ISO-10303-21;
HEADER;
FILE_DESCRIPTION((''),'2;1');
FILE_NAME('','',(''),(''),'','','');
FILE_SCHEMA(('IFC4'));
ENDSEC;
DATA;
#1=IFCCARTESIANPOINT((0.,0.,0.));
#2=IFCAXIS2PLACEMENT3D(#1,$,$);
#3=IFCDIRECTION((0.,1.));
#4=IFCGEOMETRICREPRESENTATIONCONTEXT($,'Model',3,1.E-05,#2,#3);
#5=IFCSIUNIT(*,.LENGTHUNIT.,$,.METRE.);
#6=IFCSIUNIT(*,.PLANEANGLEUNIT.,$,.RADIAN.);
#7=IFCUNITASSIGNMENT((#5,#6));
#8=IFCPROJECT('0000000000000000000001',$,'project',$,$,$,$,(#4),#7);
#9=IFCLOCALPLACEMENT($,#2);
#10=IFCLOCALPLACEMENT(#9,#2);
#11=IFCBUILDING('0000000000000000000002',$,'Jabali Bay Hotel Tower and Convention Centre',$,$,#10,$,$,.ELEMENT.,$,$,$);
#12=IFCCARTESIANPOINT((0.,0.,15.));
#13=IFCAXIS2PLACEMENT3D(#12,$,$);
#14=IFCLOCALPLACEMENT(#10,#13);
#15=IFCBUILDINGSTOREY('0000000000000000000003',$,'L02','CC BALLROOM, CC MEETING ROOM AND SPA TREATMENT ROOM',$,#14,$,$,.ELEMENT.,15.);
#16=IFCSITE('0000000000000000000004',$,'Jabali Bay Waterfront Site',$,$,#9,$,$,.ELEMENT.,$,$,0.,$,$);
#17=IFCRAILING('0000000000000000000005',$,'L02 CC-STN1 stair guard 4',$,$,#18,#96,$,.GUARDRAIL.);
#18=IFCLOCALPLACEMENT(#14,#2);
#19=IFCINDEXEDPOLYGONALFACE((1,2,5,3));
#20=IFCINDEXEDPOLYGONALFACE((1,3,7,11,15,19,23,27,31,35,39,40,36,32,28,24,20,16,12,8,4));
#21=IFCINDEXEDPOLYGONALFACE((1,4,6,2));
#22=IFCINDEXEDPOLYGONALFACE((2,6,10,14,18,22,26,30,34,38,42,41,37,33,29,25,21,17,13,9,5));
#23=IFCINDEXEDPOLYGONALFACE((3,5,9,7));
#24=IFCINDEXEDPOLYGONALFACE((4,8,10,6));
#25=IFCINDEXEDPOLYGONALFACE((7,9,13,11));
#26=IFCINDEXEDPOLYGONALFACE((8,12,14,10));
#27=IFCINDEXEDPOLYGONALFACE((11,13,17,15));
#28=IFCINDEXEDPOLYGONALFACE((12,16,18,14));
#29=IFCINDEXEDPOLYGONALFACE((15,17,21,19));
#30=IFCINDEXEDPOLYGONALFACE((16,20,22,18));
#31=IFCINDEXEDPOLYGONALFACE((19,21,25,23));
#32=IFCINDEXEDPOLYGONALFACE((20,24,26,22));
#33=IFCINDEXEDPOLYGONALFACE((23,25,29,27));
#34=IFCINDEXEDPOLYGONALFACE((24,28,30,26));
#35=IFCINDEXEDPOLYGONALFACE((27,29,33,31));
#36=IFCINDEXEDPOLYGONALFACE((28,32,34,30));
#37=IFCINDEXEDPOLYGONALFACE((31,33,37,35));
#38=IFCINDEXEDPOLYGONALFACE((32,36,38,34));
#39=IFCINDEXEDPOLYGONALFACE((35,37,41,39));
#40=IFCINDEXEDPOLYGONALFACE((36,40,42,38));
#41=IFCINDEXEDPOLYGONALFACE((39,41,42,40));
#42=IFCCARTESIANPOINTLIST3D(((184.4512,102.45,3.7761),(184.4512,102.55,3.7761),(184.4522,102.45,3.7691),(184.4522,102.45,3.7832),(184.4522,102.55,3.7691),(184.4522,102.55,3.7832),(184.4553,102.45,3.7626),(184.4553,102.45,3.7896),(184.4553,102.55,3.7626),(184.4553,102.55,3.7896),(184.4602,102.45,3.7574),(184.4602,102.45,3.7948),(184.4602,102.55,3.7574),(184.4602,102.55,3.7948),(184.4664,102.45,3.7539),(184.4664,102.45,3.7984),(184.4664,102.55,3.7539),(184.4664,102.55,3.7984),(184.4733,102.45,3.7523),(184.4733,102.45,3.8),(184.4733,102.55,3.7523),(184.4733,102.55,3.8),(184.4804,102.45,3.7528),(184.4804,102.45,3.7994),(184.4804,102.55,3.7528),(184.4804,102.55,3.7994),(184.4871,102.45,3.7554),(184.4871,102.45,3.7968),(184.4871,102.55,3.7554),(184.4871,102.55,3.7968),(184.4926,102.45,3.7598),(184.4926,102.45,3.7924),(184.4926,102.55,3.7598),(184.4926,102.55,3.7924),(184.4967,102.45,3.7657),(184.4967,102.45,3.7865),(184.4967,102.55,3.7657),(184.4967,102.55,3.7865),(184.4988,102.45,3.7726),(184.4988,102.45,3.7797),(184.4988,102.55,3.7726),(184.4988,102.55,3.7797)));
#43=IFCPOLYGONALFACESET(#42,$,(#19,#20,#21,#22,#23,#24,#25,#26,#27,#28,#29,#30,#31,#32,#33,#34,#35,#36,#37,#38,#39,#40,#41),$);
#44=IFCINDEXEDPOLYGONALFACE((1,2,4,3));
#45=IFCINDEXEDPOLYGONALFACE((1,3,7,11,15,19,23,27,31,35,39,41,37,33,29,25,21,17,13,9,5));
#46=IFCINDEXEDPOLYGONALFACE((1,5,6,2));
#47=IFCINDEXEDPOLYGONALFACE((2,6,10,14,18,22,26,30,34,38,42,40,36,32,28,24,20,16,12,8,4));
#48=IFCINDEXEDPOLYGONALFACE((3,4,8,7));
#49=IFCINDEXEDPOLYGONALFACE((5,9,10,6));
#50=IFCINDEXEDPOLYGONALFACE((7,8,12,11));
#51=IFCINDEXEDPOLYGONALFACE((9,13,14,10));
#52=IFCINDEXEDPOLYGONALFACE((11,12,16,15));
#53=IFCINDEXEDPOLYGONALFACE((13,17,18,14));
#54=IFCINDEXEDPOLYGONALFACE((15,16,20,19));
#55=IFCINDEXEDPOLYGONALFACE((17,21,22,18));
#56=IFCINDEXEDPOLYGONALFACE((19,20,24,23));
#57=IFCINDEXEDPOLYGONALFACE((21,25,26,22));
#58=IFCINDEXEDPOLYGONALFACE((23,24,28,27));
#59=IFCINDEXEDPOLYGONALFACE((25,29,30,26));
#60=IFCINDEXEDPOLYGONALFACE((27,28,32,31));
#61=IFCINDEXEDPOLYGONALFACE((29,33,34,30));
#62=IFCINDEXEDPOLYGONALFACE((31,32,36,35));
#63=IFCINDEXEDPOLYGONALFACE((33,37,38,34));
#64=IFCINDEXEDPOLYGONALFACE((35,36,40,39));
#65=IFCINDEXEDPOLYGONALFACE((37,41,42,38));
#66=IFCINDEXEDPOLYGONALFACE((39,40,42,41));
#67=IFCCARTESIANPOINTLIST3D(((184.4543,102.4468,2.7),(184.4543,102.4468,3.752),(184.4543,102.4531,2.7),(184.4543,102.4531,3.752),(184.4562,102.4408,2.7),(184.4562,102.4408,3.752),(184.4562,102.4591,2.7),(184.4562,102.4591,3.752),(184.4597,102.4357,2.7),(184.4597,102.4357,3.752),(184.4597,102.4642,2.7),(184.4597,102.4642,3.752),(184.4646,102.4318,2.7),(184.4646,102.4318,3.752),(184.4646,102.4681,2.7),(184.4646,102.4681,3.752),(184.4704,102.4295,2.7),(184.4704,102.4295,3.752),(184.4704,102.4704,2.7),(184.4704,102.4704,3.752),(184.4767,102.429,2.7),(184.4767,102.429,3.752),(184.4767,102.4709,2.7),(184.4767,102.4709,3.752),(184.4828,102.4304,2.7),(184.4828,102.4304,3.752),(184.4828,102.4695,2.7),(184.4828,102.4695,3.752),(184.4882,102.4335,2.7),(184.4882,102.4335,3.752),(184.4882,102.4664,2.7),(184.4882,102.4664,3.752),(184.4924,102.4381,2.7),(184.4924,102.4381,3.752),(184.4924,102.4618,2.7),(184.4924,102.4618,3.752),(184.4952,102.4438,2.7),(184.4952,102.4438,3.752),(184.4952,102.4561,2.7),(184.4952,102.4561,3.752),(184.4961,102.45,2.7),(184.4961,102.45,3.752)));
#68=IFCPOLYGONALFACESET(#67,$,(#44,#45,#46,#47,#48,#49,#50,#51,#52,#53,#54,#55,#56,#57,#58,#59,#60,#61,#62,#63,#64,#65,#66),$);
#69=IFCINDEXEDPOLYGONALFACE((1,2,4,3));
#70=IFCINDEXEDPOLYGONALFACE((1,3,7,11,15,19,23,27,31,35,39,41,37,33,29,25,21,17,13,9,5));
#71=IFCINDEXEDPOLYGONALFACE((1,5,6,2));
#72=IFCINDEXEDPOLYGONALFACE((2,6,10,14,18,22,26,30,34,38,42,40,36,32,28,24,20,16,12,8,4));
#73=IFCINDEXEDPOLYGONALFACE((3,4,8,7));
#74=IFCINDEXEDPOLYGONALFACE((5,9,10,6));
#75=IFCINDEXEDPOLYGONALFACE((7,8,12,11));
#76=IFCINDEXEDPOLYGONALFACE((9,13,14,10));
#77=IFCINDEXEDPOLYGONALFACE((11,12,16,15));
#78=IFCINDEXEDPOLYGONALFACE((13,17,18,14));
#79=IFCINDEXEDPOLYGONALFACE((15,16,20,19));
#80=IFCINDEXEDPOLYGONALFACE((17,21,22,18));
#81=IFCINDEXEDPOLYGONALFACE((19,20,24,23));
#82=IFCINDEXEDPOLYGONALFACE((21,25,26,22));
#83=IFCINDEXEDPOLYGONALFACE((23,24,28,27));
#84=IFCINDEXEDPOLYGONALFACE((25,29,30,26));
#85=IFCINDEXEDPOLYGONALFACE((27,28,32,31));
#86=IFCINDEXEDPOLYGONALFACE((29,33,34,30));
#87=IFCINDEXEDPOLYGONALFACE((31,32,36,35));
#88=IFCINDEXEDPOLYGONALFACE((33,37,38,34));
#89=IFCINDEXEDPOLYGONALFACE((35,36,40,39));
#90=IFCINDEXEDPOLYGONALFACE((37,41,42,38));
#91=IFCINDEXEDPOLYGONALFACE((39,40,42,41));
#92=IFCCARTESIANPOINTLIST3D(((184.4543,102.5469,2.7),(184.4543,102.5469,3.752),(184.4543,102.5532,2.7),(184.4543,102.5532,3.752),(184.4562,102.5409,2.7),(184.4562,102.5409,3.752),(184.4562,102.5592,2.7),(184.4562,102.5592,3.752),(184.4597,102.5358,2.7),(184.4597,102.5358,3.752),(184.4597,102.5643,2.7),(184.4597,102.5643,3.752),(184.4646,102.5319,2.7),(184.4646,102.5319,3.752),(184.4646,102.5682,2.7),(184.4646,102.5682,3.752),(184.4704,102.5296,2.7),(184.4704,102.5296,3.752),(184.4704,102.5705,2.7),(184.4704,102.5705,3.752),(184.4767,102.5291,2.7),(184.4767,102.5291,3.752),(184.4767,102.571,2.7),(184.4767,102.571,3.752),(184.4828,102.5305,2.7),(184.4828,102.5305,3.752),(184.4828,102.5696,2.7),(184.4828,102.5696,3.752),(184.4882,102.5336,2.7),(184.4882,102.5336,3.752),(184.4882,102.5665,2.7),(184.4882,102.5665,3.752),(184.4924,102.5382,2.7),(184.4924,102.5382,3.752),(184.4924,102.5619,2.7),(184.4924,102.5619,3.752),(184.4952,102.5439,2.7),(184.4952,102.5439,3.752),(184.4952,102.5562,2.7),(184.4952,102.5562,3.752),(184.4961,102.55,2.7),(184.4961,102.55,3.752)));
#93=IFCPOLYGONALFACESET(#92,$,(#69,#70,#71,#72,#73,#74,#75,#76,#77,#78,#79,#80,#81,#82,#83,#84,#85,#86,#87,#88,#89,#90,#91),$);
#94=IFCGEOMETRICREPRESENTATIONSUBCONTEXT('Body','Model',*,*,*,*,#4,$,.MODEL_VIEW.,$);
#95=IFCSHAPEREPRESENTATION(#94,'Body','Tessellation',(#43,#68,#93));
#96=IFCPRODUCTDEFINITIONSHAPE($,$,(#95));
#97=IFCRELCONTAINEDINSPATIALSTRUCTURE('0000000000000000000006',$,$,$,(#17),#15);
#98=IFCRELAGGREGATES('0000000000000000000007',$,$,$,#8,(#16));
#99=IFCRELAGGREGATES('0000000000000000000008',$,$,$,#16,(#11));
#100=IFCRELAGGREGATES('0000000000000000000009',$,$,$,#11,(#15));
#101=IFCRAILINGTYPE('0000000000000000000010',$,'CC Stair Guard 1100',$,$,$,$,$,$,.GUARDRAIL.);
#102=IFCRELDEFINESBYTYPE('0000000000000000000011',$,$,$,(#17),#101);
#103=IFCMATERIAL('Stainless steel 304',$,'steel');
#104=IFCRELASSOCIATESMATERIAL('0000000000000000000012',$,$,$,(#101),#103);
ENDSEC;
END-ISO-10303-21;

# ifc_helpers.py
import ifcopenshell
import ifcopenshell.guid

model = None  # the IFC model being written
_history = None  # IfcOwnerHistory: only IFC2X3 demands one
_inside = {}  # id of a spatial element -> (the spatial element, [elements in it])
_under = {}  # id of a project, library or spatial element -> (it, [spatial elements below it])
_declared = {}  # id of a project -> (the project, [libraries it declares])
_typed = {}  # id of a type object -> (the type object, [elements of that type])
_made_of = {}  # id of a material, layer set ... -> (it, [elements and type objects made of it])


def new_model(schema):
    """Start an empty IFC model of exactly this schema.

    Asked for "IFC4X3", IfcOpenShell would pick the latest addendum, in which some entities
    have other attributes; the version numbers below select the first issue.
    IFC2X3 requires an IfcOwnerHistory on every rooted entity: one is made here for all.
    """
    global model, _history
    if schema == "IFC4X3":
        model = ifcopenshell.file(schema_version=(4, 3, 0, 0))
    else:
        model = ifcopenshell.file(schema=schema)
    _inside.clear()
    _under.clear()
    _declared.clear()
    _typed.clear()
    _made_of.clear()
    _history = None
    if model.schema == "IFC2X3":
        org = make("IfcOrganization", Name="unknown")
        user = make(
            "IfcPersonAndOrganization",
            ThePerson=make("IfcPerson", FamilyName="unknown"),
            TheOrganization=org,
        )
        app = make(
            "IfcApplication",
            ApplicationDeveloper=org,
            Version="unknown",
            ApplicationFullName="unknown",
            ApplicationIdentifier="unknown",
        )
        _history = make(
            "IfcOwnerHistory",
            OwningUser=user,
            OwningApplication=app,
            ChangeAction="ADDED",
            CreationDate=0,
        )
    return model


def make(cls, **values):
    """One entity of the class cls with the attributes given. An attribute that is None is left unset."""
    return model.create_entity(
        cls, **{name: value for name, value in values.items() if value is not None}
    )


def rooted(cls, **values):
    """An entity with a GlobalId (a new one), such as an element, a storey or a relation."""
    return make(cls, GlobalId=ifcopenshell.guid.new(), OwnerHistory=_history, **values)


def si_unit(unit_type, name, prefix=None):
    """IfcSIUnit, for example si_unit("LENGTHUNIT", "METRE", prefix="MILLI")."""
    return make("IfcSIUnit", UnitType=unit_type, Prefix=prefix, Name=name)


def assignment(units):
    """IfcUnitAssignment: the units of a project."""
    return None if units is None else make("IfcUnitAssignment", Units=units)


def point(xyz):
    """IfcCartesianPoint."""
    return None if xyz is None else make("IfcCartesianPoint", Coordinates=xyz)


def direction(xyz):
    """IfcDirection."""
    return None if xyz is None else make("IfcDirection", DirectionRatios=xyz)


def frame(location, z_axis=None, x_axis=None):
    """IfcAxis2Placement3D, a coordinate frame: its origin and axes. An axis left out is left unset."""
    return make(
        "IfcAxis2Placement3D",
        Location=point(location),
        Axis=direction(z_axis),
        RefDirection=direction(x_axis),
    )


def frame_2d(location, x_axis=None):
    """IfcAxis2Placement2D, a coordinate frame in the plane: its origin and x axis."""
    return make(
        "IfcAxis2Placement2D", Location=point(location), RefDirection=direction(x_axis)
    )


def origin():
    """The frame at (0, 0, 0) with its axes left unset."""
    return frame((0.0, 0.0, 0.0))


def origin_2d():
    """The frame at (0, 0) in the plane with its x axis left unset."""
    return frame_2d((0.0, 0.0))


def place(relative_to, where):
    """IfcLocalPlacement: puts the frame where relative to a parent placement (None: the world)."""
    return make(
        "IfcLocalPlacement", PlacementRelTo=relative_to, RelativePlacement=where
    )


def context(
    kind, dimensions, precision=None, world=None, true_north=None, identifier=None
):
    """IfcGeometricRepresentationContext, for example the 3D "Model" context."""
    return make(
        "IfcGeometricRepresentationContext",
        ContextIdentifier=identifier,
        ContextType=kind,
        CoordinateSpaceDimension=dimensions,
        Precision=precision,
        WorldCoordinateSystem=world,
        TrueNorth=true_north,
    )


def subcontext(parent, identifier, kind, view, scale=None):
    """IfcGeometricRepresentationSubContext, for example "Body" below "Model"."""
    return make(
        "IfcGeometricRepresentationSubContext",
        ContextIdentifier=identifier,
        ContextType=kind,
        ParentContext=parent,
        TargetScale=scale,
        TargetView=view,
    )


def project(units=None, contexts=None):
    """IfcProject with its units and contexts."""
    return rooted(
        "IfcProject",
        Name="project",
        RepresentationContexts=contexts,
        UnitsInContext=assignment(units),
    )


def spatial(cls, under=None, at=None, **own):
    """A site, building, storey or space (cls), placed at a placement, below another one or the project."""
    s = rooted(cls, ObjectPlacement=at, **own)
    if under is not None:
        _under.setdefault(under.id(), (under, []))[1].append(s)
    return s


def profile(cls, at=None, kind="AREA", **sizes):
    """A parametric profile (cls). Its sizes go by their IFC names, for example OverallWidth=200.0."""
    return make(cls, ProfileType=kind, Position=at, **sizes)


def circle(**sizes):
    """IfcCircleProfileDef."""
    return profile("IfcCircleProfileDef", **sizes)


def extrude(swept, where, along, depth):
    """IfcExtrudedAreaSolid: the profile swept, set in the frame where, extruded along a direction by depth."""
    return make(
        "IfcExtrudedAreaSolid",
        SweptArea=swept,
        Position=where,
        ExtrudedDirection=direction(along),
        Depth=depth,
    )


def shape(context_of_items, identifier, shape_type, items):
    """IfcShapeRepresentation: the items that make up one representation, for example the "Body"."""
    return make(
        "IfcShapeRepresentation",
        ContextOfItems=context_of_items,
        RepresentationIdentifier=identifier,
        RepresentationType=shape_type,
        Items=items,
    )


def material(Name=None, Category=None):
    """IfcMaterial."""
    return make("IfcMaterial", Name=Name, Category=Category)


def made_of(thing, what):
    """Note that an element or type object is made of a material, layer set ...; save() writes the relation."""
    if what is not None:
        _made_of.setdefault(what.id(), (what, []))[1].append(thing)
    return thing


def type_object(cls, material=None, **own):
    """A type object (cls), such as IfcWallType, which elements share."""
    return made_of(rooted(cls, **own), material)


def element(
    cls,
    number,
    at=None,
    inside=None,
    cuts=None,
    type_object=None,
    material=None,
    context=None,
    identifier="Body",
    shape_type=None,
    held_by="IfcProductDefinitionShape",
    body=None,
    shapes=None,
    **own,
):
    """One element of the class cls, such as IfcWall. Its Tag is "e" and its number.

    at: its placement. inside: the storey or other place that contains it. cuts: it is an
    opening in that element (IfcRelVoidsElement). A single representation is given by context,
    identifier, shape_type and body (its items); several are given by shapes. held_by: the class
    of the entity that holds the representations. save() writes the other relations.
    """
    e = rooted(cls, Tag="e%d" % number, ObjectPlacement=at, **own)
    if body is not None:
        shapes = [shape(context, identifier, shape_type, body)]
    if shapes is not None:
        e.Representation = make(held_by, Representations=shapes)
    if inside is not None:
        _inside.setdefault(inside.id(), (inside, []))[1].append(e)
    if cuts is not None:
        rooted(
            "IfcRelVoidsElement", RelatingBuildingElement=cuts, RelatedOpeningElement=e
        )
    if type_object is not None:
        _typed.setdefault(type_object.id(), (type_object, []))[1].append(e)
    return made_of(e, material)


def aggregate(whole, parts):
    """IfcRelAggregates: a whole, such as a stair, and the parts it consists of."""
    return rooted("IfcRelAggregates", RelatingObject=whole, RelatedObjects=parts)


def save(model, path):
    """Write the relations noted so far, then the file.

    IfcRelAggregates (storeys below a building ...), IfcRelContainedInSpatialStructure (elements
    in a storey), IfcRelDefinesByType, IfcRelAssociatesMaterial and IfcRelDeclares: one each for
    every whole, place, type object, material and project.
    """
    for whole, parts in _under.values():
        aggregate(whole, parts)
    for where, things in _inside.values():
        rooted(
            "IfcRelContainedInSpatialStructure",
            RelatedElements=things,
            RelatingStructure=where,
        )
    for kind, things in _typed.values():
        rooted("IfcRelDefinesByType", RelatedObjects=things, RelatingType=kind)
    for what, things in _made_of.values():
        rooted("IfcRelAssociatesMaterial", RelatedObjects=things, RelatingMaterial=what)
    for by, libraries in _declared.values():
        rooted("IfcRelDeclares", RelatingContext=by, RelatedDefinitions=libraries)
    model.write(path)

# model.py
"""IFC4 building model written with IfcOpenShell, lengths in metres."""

from ifc_helpers import new_model, si_unit, direction, frame, origin, origin_2d, place, context, subcontext, project, spatial, circle, extrude, material, type_object, element, save


model = new_model("IFC4")

# Units and contexts
model_context = context("Model", 3, precision=1e-05, world=origin(), true_north=direction((0.0, 1.0)))
body_context = subcontext(model_context, "Body", "Model", "MODEL_VIEW")
ifc_project = project(units=[si_unit("LENGTHUNIT", "METRE"), si_unit("PLANEANGLEUNIT", "RADIAN")], contexts=[model_context])

# Site, building, storey
site_placement = place(None, origin())
site = spatial("IfcSite", under=ifc_project, at=site_placement, Name="Jabali Bay Waterfront Site", CompositionType="ELEMENT", RefElevation=0.0)
building_placement = place(site_placement, origin())
building = spatial("IfcBuilding", under=site, at=building_placement, Name="Jabali Bay Hotel Tower and Convention Centre", CompositionType="ELEMENT")
storey_placement = place(building_placement, frame((0.0, 0.0, 15.0)))
storey = spatial("IfcBuildingStorey", under=building, at=storey_placement, Name="L02", Description="CC BALLROOM, CC MEETING ROOM AND SPA TREATMENT ROOM", CompositionType="ELEMENT", Elevation=15.0)

# Railing
ifc_material_1 = material(Name="Stainless steel 304", Category="steel")
railing_type = type_object("IfcRailingType", Name="CC Stair Guard 1100", PredefinedType="GUARDRAIL", material=ifc_material_1)
railing_1_placement = place(storey_placement, frame((184.4751, 102.45, 2.7)))
element("IfcRailing", 1, at=railing_1_placement, inside=storey, type_object=railing_type, Name="L02 CC-STN1 stair guard 4", PredefinedType="GUARDRAIL", context=body_context, shape_type="SweptSolid", body=[
    extrude(circle(Radius=0.0239, at=origin_2d()), frame((0.0, 0.0, 1.0762), z_axis=(0.0, 1.0, 0.0), x_axis=(-1.0, 0.0, 0.0)), (0.0, 0.0, 1.0), 0.1001),
    extrude(circle(Radius=0.021, at=origin_2d()), origin(), (0.0, 0.0, 1.0), 1.052),
    extrude(circle(Radius=0.021, at=origin_2d()), frame((0.0, 0.1001, 0.0)), (0.0, 0.0, 1.0), 1.052),
])

save(model, "model.ifc")
